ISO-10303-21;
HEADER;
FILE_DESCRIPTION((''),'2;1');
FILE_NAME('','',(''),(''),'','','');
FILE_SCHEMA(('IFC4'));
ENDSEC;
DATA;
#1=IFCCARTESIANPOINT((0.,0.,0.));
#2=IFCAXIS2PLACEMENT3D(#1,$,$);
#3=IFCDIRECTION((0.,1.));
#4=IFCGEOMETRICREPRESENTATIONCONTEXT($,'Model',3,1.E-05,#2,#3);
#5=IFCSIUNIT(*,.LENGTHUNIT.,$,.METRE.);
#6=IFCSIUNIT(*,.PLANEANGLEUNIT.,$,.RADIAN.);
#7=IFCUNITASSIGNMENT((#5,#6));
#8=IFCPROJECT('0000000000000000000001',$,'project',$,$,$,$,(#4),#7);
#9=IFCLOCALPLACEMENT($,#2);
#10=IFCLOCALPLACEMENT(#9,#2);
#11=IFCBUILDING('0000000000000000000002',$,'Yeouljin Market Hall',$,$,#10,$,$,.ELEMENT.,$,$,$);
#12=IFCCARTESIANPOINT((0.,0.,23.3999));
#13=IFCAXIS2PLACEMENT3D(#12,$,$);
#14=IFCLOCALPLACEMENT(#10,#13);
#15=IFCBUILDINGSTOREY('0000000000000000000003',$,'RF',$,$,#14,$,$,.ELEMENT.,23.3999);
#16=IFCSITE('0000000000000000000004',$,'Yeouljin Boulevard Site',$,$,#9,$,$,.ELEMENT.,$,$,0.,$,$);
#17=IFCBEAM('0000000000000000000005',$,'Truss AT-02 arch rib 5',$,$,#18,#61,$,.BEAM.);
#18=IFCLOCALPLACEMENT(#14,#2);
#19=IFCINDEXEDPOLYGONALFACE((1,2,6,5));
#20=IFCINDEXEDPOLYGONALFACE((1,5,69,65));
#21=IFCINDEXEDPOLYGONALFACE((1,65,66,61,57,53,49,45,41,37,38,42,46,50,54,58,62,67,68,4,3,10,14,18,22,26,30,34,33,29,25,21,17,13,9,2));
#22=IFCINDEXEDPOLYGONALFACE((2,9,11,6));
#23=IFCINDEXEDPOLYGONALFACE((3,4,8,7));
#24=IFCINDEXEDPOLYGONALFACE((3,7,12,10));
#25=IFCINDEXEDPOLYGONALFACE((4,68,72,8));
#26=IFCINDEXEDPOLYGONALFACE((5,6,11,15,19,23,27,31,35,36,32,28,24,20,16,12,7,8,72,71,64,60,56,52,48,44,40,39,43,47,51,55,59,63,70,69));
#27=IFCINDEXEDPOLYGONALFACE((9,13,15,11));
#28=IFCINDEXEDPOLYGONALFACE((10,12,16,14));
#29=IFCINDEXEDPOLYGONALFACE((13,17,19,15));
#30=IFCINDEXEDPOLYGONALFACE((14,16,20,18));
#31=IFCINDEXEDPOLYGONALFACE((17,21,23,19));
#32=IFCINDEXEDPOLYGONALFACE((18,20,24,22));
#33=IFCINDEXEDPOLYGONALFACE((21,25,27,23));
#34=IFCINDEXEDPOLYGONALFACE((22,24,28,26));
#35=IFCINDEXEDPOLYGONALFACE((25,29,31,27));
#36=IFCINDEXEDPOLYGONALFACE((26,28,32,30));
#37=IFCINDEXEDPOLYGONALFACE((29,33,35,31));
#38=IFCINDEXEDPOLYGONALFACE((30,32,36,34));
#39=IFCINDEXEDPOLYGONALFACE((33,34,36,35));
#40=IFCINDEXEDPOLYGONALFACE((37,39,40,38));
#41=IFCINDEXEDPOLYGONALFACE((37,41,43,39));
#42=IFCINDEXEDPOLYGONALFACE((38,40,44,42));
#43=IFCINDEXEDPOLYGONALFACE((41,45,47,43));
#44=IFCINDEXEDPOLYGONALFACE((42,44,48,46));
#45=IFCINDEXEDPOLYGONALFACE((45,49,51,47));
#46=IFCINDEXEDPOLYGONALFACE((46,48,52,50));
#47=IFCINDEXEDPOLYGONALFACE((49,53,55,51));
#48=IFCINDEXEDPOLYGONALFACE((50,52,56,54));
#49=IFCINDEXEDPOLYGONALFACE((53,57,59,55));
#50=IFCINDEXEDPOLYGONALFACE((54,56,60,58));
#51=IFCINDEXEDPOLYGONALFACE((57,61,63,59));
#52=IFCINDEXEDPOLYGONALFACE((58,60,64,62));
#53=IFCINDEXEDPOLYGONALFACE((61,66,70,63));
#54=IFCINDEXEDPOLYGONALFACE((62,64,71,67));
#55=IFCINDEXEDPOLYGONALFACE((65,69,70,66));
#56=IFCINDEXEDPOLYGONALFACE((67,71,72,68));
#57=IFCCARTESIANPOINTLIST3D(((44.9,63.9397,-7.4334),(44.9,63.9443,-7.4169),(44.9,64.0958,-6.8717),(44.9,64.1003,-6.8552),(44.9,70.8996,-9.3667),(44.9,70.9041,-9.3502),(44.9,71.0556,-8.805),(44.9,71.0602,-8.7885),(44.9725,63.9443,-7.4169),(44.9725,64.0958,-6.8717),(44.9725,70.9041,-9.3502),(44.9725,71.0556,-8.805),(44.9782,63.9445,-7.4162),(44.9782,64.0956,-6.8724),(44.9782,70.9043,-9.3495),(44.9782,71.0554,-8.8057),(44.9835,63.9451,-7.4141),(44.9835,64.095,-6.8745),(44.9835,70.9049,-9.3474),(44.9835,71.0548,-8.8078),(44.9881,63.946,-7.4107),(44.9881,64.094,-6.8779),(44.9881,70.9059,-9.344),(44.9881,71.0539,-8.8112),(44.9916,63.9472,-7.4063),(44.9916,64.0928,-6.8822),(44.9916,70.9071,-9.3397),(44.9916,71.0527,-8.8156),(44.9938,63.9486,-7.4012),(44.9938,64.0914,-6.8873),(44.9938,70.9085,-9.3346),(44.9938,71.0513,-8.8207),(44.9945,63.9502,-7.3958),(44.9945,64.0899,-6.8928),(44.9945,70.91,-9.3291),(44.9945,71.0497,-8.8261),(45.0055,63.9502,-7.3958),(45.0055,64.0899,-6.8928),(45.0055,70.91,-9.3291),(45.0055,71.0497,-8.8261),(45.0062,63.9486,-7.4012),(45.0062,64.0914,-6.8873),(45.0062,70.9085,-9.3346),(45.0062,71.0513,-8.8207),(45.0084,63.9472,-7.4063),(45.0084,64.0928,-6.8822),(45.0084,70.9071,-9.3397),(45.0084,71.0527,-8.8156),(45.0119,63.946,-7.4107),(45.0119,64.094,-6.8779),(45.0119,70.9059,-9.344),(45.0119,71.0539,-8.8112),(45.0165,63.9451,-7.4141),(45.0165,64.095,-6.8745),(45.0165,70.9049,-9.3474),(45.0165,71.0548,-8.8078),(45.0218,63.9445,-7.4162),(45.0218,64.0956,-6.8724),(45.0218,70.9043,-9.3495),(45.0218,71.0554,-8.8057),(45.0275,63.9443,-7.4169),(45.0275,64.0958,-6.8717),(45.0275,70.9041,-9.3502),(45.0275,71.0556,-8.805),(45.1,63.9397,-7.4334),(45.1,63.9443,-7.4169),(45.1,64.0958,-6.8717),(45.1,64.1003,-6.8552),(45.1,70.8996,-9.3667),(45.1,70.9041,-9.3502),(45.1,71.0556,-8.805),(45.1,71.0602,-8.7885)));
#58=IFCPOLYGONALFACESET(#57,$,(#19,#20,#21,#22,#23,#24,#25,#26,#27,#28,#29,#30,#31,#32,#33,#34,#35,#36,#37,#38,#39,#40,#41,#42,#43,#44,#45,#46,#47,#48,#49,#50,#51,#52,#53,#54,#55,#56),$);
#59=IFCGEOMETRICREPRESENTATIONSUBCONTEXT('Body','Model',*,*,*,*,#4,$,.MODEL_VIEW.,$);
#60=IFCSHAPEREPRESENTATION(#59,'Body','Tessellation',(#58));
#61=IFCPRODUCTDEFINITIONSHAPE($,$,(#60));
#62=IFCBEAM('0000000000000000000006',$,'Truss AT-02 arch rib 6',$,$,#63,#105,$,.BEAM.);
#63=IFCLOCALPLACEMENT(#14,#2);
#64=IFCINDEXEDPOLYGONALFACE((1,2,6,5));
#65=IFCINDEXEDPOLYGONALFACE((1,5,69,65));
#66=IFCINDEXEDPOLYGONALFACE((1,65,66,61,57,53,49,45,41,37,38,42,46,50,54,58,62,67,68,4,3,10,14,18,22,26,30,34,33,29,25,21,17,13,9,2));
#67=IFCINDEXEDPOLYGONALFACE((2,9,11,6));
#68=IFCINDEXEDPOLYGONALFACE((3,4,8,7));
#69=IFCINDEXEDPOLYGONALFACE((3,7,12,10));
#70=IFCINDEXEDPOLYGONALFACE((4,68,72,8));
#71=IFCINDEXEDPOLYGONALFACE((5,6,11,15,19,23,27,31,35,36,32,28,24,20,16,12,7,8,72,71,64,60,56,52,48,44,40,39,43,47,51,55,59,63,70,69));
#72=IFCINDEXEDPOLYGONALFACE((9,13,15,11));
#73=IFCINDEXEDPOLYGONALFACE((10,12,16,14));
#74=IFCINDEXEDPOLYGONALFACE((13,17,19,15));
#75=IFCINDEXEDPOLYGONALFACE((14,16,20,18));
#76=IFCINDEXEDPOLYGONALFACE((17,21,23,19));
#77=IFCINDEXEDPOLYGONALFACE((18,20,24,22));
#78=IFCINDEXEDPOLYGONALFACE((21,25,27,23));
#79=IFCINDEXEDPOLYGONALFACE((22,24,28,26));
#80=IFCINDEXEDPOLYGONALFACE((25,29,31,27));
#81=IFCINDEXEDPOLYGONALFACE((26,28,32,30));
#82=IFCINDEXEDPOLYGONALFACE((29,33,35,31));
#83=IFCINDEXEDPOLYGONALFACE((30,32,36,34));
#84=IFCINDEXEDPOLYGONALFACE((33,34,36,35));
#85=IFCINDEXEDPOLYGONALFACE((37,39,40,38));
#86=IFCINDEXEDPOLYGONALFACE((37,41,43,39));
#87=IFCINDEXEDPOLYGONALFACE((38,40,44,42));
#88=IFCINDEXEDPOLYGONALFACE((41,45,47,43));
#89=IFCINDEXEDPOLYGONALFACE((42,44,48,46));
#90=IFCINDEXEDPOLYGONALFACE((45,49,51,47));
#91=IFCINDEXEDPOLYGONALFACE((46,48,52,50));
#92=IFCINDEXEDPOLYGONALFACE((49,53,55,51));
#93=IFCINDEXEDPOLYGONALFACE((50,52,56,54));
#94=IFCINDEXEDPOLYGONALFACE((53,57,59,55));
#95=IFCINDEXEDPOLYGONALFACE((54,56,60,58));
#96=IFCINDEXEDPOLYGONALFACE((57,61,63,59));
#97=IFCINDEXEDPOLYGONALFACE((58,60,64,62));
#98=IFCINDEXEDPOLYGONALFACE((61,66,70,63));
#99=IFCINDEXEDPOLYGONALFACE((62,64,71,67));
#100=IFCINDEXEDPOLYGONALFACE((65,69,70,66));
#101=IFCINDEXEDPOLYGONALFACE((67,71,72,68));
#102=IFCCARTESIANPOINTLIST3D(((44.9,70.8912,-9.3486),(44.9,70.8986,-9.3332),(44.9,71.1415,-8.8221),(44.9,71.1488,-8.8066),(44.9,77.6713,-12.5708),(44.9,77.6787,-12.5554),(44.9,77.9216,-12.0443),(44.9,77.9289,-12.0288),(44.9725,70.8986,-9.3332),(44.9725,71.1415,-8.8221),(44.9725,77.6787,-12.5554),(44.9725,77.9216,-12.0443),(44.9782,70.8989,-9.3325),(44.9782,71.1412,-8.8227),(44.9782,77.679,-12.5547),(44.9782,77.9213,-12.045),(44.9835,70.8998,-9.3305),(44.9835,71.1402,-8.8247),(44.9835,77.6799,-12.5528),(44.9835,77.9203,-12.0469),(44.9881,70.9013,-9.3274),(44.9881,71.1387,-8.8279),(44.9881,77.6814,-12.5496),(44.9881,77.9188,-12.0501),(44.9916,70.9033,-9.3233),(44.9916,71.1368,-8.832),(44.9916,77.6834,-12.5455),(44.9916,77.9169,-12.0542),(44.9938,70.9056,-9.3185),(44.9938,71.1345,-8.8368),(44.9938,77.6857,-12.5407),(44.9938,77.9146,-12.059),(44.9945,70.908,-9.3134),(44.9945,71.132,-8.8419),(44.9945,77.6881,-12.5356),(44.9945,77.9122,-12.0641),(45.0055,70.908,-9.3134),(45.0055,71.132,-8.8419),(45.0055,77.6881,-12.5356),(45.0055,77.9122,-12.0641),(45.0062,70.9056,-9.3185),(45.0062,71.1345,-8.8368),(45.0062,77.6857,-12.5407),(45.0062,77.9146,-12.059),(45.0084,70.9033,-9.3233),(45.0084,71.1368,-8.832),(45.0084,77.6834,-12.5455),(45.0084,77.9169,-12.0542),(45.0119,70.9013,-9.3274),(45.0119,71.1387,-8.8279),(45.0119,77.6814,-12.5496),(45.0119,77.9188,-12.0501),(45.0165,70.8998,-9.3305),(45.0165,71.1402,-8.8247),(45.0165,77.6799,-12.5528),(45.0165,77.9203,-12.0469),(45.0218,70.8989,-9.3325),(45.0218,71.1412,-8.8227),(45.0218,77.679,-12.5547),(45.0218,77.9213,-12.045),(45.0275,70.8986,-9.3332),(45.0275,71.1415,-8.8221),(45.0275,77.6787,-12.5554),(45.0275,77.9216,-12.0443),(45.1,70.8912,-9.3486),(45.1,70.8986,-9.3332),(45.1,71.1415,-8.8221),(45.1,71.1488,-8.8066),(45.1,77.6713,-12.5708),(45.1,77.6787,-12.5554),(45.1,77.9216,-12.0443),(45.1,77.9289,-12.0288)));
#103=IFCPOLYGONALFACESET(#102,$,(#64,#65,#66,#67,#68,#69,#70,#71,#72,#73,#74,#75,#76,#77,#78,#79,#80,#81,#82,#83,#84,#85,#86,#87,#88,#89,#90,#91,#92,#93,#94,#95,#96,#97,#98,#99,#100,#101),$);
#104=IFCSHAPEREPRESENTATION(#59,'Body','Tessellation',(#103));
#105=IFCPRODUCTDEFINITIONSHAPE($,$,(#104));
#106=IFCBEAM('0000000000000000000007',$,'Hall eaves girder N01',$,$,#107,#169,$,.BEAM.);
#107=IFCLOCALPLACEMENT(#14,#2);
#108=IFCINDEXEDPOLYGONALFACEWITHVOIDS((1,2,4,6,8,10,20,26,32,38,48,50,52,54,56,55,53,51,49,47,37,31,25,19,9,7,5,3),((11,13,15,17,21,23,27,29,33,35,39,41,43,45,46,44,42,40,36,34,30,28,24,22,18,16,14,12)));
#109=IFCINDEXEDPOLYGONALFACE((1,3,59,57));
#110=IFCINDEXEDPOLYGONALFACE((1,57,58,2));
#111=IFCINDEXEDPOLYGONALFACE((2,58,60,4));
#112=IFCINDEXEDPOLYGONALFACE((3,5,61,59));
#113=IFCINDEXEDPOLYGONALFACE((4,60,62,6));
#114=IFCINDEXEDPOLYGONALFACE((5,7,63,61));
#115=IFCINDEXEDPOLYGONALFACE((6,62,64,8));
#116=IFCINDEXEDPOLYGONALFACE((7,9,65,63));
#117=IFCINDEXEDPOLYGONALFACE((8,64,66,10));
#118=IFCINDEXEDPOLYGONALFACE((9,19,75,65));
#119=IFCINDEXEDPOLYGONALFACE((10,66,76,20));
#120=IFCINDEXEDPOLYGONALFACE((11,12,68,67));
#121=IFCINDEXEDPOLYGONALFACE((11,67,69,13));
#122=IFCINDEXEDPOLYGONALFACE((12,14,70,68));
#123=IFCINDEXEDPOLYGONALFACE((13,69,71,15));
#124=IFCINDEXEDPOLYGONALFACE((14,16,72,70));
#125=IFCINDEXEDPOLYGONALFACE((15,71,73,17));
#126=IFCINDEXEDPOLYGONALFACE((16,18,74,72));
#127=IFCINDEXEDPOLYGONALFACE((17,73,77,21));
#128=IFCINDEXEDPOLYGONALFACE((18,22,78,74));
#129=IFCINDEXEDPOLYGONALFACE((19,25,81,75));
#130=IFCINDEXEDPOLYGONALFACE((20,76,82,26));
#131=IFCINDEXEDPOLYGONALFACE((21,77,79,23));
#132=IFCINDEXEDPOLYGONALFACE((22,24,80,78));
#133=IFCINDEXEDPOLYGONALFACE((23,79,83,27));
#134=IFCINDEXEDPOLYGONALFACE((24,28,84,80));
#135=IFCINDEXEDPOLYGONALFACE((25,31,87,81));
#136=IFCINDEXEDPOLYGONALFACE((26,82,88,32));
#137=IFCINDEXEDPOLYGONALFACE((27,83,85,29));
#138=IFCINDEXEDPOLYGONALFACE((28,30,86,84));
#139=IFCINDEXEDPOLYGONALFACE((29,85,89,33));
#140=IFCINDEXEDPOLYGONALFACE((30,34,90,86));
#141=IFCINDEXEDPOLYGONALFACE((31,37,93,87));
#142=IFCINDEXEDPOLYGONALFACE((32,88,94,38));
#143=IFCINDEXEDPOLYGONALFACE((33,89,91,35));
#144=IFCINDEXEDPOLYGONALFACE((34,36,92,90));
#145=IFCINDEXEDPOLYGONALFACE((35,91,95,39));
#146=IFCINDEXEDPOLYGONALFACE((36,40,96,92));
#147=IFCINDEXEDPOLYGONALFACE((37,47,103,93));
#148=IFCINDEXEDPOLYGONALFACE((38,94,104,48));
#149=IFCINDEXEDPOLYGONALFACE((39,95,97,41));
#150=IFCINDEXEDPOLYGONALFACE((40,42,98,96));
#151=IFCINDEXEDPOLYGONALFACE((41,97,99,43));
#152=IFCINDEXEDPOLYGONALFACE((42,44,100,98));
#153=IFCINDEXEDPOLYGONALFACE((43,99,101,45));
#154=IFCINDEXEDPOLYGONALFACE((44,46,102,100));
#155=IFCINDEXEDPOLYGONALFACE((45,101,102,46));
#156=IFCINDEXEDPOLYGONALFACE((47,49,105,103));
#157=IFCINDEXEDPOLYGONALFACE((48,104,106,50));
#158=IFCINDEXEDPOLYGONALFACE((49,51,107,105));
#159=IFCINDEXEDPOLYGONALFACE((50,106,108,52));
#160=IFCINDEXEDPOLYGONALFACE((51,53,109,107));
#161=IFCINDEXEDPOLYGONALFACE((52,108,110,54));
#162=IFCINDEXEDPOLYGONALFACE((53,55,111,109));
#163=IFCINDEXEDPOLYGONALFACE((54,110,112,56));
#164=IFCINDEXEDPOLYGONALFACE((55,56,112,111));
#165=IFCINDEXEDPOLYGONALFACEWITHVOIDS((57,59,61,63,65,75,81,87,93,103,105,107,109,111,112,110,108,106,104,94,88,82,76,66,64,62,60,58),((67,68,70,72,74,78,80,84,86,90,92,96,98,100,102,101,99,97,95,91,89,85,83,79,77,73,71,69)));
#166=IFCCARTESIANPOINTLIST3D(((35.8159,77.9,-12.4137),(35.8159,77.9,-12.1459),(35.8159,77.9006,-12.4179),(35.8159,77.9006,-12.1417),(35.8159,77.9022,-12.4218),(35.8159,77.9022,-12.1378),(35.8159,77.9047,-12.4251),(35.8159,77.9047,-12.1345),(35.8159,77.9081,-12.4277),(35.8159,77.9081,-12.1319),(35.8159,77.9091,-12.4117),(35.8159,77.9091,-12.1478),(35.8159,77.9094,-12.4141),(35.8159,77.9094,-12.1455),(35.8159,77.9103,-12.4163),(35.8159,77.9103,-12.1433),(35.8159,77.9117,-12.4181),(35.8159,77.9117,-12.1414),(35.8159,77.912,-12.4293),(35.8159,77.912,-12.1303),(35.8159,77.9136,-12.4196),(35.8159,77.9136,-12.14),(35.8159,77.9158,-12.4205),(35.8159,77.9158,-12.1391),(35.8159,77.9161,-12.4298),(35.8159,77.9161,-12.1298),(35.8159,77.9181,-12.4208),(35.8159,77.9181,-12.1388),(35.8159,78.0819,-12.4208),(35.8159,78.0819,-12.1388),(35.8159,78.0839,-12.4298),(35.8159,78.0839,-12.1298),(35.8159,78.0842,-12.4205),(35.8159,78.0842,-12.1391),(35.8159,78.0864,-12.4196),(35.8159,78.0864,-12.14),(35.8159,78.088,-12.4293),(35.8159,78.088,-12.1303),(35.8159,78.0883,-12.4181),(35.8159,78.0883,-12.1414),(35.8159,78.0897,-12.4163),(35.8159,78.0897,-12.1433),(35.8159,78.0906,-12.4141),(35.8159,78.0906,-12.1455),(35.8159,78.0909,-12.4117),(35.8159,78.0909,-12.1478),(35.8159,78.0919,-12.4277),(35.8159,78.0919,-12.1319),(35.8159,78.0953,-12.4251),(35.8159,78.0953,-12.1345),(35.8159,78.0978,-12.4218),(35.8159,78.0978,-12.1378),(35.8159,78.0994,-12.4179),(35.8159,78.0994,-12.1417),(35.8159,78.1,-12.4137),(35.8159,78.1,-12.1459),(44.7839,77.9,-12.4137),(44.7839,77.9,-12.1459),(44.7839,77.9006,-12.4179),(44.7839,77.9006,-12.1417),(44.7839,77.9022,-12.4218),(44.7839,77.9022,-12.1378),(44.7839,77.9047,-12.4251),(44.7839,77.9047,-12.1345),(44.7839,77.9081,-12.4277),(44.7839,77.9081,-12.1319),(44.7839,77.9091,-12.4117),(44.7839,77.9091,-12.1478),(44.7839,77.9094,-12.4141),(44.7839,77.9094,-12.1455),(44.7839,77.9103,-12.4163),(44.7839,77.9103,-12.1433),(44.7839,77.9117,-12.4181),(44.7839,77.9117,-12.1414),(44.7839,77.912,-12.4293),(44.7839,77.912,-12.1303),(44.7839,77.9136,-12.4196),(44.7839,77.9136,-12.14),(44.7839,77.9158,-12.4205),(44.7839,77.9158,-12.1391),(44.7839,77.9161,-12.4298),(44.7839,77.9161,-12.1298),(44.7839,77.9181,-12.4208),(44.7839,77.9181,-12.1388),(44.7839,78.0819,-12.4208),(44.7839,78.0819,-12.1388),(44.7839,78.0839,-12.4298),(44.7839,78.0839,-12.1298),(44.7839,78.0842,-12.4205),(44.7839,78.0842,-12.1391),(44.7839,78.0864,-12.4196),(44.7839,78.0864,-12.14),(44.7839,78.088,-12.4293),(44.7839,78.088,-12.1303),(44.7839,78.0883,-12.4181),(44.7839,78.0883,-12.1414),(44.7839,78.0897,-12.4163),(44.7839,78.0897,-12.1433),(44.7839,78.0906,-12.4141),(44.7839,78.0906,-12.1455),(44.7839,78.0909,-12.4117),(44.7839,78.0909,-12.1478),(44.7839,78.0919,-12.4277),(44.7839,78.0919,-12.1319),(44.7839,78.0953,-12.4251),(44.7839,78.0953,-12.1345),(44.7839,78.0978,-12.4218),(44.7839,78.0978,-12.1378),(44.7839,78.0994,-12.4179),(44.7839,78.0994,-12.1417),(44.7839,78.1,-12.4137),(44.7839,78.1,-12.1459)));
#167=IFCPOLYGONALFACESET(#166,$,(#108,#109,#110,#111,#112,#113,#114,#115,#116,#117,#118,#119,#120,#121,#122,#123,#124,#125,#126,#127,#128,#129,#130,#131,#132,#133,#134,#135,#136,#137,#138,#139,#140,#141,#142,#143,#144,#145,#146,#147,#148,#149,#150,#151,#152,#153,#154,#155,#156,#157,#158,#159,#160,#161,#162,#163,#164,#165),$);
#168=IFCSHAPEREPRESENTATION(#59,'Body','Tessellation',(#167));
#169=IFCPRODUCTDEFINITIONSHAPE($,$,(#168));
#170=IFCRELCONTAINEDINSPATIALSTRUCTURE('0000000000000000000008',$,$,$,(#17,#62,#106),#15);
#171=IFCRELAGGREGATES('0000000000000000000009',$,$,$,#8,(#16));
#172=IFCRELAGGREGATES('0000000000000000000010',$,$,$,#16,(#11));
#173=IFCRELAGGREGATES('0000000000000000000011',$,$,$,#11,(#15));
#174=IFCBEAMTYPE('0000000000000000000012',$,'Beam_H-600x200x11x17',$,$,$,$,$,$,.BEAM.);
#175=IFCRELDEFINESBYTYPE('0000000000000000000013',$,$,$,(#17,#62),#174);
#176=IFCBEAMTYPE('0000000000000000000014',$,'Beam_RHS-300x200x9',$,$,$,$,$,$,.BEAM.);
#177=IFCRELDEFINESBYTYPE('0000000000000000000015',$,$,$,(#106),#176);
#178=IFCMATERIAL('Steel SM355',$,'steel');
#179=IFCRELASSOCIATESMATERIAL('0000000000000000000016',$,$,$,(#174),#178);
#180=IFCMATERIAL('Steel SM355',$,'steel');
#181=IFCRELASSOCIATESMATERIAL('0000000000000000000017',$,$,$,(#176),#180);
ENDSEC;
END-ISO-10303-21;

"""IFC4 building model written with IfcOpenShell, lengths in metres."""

from ifc_helpers import new_model, si_unit, direction, frame, origin, origin_2d, place, context, subcontext, project, spatial, hollow_rectangle, i_section, extrude, material, material_profile, profile_set, type_object, element, save


model = new_model("IFC4")

# Units and contexts
model_context = context("Model", 3, precision=1e-05, world=origin(), true_north=direction((0.0, 1.0)))
body_context = subcontext(model_context, "Body", "Model", "MODEL_VIEW")
ifc_project = project(units=[si_unit("LENGTHUNIT", "METRE"), si_unit("PLANEANGLEUNIT", "RADIAN")], contexts=[model_context])

# Site, building, storey
site_placement = place(None, origin())
site = spatial("IfcSite", under=ifc_project, at=site_placement, Name="Yeouljin Boulevard Site", CompositionType="ELEMENT", RefElevation=0.0)
building_placement = place(site_placement, origin())
building = spatial("IfcBuilding", under=site, at=building_placement, Name="Yeouljin Market Hall", CompositionType="ELEMENT")
storey_placement = place(building_placement, frame((0.0, 0.0, 23.3999)))
storey = spatial("IfcBuildingStorey", under=building, at=storey_placement, Name="RF", CompositionType="ELEMENT", Elevation=23.3999)

# Beams
ifc_material_1 = material(Name="Steel SM355", Category="steel")
ifc_material_profile_1 = material_profile(ifc_material_1, i_section(OverallWidth=0.2, OverallDepth=0.6001, WebThickness=0.011, FlangeThickness=0.0171, FilletRadius=0.022, at=origin_2d()), Name="H-600x200x11x17")
ifc_profile_set_1 = profile_set([ifc_material_profile_1], Name="Steel SM355")
beam_type_1 = type_object("IfcBeamType", Name="Beam_H-600x200x11x17", PredefinedType="BEAM", material=ifc_profile_set_1)
beam_1_placement = place(storey_placement, frame((45.0, 64.02, -7.1443), z_axis=(0.0, 0.963517, -0.267647), x_axis=(-1.0, 0.0, 0.0)))
element("IfcBeam", 1, at=beam_1_placement, inside=storey, type_object=beam_type_1, Name="Truss AT-02 arch rib 5", PredefinedType="BEAM", context=body_context, shape_type="SweptSolid", body=[
    extrude(i_section(OverallWidth=0.2, OverallDepth=0.6001, WebThickness=0.011, FlangeThickness=0.0171, FilletRadius=0.022, at=origin_2d()), origin(), (0.0, 0.0, 1.0), 7.2234),
])
beam_2_placement = place(storey_placement, frame((45.0, 71.02, -9.0776), z_axis=(0.0, 0.903192, -0.429237), x_axis=(-1.0, 0.0, 0.0)))
element("IfcBeam", 2, at=beam_2_placement, inside=storey, type_object=beam_type_1, Name="Truss AT-02 arch rib 6", PredefinedType="BEAM", context=body_context, shape_type="SweptSolid", body=[
    extrude(i_section(OverallWidth=0.2, OverallDepth=0.6001, WebThickness=0.011, FlangeThickness=0.0171, FilletRadius=0.022, at=origin_2d()), origin(), (0.0, 0.0, 1.0), 7.5068),
])
ifc_material_2 = material(Name="Steel SM355", Category="steel")
ifc_material_profile_2 = material_profile(ifc_material_2, hollow_rectangle(XDim=0.2, YDim=0.3, WallThickness=0.009, InnerFilletRadius=0.009, OuterFilletRadius=0.0161, at=origin_2d()), Name="RHS-300x200x9")
ifc_profile_set_2 = profile_set([ifc_material_profile_2], Name="Steel SM355")
beam_type_2 = type_object("IfcBeamType", Name="Beam_RHS-300x200x9", PredefinedType="BEAM", material=ifc_profile_set_2)
beam_3_placement = place(storey_placement, frame((35.8159, 78.0, -12.2798), z_axis=(1.0, 0.0, 0.0), x_axis=(0.0, 1.0, 0.0)))
element("IfcBeam", 3, at=beam_3_placement, inside=storey, type_object=beam_type_2, Name="Hall eaves girder N01", PredefinedType="BEAM", context=body_context, shape_type="SweptSolid", body=[
    extrude(hollow_rectangle(XDim=0.2, YDim=0.3, WallThickness=0.009, InnerFilletRadius=0.009, OuterFilletRadius=0.0161, at=origin_2d()), origin(), (0.0, 0.0, 1.0), 8.968),
])

save(model, "model.ifc")
